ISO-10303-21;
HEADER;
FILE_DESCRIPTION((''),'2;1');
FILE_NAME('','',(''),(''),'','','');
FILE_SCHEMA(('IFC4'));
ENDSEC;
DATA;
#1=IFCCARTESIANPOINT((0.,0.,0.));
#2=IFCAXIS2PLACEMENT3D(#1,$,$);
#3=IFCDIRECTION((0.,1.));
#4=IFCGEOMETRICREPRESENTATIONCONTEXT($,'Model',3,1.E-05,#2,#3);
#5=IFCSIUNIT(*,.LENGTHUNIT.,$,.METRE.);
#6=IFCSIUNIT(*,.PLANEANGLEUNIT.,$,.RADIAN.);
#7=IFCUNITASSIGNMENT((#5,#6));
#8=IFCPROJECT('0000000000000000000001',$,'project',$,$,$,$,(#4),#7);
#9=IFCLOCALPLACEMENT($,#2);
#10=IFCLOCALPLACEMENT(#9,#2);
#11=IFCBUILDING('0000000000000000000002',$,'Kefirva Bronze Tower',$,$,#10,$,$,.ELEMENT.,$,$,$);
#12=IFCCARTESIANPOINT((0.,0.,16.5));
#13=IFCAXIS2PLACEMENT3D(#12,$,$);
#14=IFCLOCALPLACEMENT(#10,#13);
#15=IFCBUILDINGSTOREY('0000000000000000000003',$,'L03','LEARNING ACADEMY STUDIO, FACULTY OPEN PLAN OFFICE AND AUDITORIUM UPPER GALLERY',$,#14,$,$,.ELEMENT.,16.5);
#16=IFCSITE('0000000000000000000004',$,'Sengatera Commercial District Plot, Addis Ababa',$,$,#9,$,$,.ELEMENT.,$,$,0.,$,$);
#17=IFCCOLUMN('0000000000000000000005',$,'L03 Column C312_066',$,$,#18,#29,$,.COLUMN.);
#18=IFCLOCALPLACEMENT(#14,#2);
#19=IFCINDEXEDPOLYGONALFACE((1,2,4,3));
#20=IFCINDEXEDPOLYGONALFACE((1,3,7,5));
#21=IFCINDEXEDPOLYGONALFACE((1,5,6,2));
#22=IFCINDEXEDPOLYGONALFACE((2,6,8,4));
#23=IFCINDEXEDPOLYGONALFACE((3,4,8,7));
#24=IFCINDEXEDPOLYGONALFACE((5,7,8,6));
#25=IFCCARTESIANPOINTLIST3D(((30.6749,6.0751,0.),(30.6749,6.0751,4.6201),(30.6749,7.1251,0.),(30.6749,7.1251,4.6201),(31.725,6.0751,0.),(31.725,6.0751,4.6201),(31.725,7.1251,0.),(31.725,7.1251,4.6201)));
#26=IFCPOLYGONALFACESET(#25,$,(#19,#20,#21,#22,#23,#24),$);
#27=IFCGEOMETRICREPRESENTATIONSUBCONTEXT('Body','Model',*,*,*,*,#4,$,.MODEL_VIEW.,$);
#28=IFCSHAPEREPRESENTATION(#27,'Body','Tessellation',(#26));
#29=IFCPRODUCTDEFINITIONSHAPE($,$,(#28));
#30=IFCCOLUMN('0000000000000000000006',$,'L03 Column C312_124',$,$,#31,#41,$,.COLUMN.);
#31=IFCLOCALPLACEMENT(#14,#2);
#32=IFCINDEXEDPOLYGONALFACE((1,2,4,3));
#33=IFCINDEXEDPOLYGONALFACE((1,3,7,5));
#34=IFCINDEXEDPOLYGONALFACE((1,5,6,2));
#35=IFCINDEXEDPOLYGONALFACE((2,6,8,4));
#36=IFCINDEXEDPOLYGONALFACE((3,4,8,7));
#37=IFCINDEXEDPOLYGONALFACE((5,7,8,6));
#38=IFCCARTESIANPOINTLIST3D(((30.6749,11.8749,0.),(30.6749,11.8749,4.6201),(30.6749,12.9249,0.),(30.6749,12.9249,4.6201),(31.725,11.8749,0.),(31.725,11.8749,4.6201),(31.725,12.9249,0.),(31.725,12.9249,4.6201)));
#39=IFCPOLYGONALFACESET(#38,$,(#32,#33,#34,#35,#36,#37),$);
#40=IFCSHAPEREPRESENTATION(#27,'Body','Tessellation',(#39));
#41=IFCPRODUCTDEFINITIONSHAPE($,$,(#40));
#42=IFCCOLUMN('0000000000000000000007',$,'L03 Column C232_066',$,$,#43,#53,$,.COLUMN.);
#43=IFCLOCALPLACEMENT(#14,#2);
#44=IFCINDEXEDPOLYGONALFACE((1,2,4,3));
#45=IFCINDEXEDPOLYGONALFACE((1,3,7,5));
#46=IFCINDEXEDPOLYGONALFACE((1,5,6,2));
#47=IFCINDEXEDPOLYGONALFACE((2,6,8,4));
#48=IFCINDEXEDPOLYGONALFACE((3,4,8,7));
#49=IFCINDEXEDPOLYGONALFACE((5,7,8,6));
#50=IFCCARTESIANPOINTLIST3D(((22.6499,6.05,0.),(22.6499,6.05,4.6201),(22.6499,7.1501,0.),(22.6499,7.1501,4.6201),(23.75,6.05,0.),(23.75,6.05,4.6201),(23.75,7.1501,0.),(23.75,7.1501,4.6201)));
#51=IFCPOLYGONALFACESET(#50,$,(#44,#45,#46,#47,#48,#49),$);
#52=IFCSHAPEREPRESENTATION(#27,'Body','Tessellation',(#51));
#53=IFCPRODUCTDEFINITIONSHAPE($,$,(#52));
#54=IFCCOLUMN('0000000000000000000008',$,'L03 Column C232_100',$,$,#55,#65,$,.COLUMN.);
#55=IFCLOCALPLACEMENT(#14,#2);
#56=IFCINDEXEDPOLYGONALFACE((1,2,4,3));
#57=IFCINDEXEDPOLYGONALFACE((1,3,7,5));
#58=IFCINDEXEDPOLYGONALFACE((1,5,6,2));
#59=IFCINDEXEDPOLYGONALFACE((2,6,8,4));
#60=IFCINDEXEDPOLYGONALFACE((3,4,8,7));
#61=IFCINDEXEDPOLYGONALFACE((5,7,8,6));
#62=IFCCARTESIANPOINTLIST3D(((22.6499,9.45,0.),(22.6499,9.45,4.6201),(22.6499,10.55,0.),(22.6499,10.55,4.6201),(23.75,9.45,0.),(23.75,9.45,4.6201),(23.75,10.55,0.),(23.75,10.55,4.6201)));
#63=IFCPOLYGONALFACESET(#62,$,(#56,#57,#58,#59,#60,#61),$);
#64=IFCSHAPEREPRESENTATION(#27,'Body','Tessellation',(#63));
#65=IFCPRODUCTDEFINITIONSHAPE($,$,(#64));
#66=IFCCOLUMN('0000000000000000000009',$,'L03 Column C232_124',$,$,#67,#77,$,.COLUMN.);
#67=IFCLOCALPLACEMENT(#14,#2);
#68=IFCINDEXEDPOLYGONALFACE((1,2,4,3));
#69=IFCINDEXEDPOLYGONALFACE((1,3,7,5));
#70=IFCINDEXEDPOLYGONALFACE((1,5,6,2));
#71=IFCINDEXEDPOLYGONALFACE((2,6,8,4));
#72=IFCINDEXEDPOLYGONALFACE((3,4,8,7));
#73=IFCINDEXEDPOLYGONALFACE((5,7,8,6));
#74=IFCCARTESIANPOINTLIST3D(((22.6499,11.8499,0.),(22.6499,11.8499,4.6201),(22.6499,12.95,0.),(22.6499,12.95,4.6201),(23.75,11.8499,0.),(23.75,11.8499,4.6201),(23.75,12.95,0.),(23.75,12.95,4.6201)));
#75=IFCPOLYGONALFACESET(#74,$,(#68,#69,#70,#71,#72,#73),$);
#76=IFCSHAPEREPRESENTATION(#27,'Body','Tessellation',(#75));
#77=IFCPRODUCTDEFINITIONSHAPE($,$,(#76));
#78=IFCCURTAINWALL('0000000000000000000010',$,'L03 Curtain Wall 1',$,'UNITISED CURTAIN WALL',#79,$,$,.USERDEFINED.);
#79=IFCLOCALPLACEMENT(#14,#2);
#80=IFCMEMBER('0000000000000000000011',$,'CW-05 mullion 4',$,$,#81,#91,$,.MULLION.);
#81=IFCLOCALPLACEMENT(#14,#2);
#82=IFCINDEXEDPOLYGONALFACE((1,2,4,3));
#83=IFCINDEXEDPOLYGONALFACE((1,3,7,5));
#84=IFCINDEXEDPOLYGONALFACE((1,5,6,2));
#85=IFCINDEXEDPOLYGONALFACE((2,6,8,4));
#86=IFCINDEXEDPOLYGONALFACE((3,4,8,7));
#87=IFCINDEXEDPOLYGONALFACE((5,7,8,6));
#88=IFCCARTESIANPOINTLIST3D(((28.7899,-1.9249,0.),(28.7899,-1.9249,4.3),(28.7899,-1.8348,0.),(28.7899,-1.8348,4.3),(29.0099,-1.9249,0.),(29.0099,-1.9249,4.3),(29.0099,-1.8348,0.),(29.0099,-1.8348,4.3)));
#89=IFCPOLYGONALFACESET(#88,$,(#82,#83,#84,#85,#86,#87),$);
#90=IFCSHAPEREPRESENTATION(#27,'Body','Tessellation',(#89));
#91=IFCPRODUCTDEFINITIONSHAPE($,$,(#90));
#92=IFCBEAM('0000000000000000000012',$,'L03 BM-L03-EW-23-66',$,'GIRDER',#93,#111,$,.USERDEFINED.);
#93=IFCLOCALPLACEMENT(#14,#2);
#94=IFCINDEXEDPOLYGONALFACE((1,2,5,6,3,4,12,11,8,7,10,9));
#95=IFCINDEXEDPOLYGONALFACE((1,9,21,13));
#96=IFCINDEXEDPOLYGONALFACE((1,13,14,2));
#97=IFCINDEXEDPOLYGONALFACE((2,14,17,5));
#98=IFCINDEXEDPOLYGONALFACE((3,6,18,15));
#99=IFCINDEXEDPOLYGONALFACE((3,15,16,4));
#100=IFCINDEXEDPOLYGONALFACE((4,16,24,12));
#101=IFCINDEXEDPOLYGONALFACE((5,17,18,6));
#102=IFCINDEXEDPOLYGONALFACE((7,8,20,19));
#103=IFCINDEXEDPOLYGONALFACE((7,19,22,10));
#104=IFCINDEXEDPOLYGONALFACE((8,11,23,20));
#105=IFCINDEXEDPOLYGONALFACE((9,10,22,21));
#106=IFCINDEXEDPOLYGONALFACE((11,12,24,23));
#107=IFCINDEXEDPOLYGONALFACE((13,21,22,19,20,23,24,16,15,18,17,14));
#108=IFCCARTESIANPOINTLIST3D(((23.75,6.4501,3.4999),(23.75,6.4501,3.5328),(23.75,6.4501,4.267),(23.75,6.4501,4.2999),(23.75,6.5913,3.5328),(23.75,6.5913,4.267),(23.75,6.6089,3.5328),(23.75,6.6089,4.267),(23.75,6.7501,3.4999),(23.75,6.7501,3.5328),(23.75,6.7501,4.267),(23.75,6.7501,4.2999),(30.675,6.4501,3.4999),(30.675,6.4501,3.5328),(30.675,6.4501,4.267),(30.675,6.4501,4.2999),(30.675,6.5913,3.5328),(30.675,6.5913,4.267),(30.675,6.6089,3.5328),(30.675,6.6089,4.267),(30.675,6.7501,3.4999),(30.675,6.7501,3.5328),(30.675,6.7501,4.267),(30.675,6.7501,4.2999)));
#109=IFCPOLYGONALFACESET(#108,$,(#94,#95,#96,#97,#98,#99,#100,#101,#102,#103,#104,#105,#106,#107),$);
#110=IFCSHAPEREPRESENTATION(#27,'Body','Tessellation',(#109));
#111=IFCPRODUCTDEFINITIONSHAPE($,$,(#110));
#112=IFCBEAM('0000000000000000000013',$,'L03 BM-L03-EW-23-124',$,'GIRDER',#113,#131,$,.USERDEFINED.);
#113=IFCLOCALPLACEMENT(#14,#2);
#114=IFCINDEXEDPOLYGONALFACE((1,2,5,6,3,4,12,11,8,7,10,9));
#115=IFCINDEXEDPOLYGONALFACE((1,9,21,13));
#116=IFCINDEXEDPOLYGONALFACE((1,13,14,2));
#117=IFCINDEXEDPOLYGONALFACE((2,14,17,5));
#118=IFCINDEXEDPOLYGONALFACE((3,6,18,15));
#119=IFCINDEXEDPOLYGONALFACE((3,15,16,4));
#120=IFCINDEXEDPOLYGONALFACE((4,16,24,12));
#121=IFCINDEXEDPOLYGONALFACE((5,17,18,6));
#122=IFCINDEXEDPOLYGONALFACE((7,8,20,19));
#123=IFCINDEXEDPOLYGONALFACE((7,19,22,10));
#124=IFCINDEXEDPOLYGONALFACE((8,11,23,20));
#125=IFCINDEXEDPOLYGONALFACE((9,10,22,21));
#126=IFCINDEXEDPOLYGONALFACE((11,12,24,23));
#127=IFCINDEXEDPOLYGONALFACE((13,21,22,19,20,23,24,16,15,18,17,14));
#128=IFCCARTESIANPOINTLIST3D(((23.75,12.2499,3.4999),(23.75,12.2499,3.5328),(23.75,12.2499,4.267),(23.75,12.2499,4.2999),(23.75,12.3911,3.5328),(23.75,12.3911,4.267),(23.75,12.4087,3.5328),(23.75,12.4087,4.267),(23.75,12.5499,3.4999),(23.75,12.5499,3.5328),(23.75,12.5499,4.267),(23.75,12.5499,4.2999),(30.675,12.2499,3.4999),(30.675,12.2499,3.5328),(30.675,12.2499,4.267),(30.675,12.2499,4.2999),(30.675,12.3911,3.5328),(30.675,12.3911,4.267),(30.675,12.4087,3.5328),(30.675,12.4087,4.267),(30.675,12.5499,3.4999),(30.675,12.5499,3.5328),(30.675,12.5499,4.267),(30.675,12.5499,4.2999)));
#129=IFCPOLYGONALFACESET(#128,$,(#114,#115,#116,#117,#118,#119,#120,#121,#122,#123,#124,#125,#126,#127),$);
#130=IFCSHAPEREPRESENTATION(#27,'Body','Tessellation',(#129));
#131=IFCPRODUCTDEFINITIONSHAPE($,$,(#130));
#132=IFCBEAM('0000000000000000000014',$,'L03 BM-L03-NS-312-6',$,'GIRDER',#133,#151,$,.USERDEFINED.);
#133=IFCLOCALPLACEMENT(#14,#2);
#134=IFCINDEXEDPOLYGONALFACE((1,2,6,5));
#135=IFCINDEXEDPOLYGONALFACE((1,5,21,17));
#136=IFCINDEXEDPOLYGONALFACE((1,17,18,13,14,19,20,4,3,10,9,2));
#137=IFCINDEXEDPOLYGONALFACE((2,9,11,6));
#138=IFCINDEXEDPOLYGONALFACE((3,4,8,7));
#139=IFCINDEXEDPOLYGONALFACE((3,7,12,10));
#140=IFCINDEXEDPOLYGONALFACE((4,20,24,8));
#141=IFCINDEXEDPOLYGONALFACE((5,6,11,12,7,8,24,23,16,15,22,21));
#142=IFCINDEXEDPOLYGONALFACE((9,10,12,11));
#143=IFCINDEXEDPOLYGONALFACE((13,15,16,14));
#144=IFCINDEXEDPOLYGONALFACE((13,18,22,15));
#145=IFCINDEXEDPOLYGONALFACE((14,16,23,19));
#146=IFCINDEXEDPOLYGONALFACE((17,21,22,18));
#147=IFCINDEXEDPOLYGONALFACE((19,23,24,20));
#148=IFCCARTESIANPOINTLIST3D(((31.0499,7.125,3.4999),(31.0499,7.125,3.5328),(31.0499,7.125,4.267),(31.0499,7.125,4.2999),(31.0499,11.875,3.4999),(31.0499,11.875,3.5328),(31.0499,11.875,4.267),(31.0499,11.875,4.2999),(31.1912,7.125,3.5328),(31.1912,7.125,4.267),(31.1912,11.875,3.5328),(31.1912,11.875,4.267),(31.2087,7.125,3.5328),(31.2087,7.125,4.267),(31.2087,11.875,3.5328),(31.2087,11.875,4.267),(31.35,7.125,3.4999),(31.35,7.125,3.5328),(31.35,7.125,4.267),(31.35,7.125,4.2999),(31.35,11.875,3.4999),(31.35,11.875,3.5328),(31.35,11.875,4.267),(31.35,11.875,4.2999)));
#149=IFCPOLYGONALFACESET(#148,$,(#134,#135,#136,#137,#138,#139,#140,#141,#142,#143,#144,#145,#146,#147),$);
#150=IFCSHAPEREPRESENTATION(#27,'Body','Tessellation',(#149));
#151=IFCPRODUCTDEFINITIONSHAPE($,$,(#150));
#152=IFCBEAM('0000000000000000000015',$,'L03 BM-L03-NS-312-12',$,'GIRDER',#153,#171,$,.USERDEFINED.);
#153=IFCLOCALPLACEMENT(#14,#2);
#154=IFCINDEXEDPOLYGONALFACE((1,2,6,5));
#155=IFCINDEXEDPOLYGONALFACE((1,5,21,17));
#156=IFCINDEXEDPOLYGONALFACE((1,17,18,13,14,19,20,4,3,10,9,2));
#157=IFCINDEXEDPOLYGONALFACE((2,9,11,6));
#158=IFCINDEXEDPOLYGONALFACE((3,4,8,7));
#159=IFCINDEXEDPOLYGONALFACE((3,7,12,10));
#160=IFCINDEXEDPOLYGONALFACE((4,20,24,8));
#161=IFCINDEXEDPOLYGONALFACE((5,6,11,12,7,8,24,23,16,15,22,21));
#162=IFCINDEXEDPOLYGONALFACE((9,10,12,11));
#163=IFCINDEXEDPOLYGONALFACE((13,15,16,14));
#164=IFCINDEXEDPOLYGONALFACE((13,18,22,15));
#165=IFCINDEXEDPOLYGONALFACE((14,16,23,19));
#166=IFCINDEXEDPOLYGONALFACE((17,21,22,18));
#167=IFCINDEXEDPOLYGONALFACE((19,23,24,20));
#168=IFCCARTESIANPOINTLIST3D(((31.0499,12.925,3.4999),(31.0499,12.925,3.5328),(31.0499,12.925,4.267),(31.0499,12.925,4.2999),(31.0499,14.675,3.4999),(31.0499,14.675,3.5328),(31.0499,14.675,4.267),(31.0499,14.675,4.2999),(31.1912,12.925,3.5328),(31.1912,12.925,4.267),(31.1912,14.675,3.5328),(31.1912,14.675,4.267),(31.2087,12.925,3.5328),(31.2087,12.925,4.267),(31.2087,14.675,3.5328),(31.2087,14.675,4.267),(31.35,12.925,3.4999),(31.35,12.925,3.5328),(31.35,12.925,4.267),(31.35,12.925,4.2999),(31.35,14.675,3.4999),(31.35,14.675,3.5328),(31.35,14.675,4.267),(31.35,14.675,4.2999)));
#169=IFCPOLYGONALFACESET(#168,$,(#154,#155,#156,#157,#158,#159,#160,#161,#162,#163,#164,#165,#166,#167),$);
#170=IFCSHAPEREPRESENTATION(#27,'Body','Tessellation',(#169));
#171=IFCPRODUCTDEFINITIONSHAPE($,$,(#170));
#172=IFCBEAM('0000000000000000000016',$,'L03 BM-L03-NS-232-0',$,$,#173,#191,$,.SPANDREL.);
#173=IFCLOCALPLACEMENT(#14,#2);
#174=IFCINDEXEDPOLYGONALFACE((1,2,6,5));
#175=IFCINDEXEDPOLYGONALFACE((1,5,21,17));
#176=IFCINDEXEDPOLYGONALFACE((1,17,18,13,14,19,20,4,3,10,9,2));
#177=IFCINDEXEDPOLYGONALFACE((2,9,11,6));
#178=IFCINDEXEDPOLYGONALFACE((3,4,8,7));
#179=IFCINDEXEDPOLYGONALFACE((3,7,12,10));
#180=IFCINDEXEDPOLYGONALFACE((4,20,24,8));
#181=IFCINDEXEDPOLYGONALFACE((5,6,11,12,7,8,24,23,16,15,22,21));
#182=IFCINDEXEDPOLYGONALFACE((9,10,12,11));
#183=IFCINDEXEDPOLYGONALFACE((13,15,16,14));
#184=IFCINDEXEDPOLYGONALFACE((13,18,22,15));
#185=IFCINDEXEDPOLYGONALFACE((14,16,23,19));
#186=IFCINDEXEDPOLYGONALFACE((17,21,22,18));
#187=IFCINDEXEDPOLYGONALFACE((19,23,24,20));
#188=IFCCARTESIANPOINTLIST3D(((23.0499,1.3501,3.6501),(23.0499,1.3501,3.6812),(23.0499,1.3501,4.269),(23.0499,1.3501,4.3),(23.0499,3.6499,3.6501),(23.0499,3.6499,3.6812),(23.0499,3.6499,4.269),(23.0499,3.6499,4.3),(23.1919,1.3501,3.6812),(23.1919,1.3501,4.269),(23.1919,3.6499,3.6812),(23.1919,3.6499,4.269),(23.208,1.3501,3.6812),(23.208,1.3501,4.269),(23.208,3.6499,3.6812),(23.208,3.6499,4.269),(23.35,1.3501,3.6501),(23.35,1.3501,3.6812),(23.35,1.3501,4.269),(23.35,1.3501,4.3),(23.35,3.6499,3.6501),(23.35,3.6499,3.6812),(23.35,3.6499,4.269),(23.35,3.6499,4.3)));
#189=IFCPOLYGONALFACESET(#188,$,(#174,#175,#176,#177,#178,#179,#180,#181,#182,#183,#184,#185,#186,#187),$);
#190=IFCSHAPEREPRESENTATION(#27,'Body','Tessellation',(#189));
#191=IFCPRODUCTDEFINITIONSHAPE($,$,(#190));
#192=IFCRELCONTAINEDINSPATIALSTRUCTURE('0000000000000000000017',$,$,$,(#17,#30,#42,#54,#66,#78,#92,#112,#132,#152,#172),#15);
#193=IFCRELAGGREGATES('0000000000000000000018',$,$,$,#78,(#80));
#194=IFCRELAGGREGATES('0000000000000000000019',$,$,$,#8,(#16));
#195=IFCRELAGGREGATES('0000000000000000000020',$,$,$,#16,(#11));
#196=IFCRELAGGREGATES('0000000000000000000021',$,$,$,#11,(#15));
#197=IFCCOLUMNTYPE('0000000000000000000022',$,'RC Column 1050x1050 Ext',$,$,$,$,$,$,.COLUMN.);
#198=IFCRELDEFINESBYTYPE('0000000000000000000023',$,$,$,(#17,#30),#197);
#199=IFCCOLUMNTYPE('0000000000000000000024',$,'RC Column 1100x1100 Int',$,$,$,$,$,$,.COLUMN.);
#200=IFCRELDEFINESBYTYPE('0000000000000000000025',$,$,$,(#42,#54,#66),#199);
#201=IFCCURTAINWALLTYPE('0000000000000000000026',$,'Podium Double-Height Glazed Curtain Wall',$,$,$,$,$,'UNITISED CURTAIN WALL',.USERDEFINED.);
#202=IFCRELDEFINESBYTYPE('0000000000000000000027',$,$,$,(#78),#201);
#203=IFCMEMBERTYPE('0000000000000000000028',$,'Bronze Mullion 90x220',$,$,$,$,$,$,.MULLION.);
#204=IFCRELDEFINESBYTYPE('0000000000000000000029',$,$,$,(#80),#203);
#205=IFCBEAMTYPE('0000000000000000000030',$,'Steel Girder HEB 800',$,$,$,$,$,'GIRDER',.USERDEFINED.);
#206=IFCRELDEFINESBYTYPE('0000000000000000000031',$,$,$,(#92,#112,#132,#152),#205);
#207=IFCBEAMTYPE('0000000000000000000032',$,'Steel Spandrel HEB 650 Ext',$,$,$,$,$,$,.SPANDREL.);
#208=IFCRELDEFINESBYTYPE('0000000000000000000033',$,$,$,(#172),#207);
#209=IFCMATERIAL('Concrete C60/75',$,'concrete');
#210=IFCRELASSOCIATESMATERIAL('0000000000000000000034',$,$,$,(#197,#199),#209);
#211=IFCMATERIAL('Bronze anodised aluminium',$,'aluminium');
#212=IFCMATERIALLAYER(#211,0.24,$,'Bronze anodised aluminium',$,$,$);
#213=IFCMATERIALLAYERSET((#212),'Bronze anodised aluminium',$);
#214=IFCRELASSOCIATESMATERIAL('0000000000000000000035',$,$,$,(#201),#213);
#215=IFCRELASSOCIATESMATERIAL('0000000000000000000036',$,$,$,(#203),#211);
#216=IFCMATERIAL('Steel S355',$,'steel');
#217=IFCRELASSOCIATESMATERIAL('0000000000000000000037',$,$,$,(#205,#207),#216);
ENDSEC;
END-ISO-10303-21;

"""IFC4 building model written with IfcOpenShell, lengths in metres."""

from ifc_helpers import new_model, si_unit, direction, frame, origin, origin_2d, place, context, subcontext, project, spatial, rectangle, i_section, extrude, material, layer, layer_set, material_profile, profile_set, type_object, element, aggregate, save


model = new_model("IFC4")

# Units and contexts
model_context = context("Model", 3, precision=1e-05, world=origin(), true_north=direction((0.0, 1.0)))
body_context = subcontext(model_context, "Body", "Model", "MODEL_VIEW")
ifc_project = project(units=[si_unit("LENGTHUNIT", "METRE"), si_unit("PLANEANGLEUNIT", "RADIAN")], contexts=[model_context])

# Site, building, storey
site_placement = place(None, origin())
site = spatial("IfcSite", under=ifc_project, at=site_placement, Name="Sengatera Commercial District Plot, Addis Ababa", CompositionType="ELEMENT", RefElevation=0.0)
building_placement = place(site_placement, origin())
building = spatial("IfcBuilding", under=site, at=building_placement, Name="Kefirva Bronze Tower", CompositionType="ELEMENT")
storey_placement = place(building_placement, frame((0.0, 0.0, 16.5)))
storey = spatial("IfcBuildingStorey", under=building, at=storey_placement, Name="L03", Description="LEARNING ACADEMY STUDIO, FACULTY OPEN PLAN OFFICE AND AUDITORIUM UPPER GALLERY", CompositionType="ELEMENT", Elevation=16.5)

# Columns
ifc_material_1 = material(Name="Concrete C60/75", Category="concrete")
ifc_material_profile_1 = material_profile(ifc_material_1, rectangle(XDim=1.05, YDim=1.05, at=origin_2d()), Name="RC 1050x1050")
ifc_profile_set_1 = profile_set([ifc_material_profile_1], Name="Concrete C60/75")
column_type_1 = type_object("IfcColumnType", Name="RC Column 1050x1050 Ext", PredefinedType="COLUMN", material=ifc_profile_set_1)
for number, where, z_axis, x_axis, name in (
    (1, (31.2, 6.6001, 0.0), (0.0, 0.0, 1.0), (1.0, 0.0, 0.0), "L03 Column C312_066"),
    (2, (31.2, 12.3999, 0.0), (0.0, 0.0, 1.0), (1.0, 0.0, 0.0), "L03 Column C312_124"),
):
    element("IfcColumn", number, at=place(storey_placement, frame(where, z_axis=z_axis, x_axis=x_axis)), inside=storey, type_object=column_type_1, Name=name, PredefinedType="COLUMN", context=body_context, shape_type="SweptSolid", body=[
        extrude(rectangle(XDim=1.05, YDim=1.05, at=origin_2d()), origin(), (0.0, 0.0, 1.0), 4.6201),
    ])
ifc_material_profile_2 = material_profile(ifc_material_1, rectangle(XDim=1.1001, YDim=1.1001, at=origin_2d()), Name="RC 1100x1100")
ifc_profile_set_2 = profile_set([ifc_material_profile_2], Name="Concrete C60/75")
column_type_2 = type_object("IfcColumnType", Name="RC Column 1100x1100 Int", PredefinedType="COLUMN", material=ifc_profile_set_2)
for number, where, z_axis, x_axis, name in (
    (3, (23.2, 6.6001, 0.0), (0.0, 0.0, 1.0), (1.0, 0.0, 0.0), "L03 Column C232_066"),
    (4, (23.2, 10.0, 0.0), (0.0, 0.0, 1.0), (1.0, 0.0, 0.0), "L03 Column C232_100"),
    (5, (23.2, 12.3999, 0.0), (0.0, 0.0, 1.0), (1.0, 0.0, 0.0), "L03 Column C232_124"),
):
    element("IfcColumn", number, at=place(storey_placement, frame(where, z_axis=z_axis, x_axis=x_axis)), inside=storey, type_object=column_type_2, Name=name, PredefinedType="COLUMN", context=body_context, shape_type="SweptSolid", body=[
        extrude(rectangle(XDim=1.1001, YDim=1.1001, at=origin_2d()), origin(), (0.0, 0.0, 1.0), 4.6201),
    ])

# Curtain wall, member
ifc_material_2 = material(Name="Bronze anodised aluminium", Category="aluminium")
ifc_layer_1 = layer(ifc_material_2, 0.24, Name="Bronze anodised aluminium")
ifc_layer_set_1 = layer_set([ifc_layer_1], Name="Bronze anodised aluminium")
curtain_wall_type = type_object("IfcCurtainWallType", Name="Podium Double-Height Glazed Curtain Wall", ElementType="UNITISED CURTAIN WALL", PredefinedType="USERDEFINED", material=ifc_layer_set_1)
curtain_wall_placement = place(storey_placement, origin())
curtain_wall = element("IfcCurtainWall", 6, at=curtain_wall_placement, inside=storey, type_object=curtain_wall_type, Name="L03 Curtain Wall 1", ObjectType="UNITISED CURTAIN WALL", PredefinedType="USERDEFINED")
ifc_material_profile_3 = material_profile(ifc_material_2, rectangle(XDim=0.0901, YDim=0.22, at=origin_2d()), Name="ALU 90x220")
ifc_profile_set_3 = profile_set([ifc_material_profile_3], Name="Bronze anodised aluminium")
member_type = type_object("IfcMemberType", Name="Bronze Mullion 90x220", PredefinedType="MULLION", material=ifc_profile_set_3)
member_placement = place(storey_placement, frame((28.8999, -1.8799, 0.0), z_axis=(0.0, 0.0, 1.0), x_axis=(0.0, 1.0, 0.0)))
member = element("IfcMember", 7, at=member_placement, type_object=member_type, Name="CW-05 mullion 4", PredefinedType="MULLION", context=body_context, shape_type="SweptSolid", body=[
    extrude(rectangle(XDim=0.0901, YDim=0.22, at=origin_2d()), origin(), (0.0, 0.0, 1.0), 4.3),
])

# Beams
ifc_material_3 = material(Name="Steel S355", Category="steel")
ifc_material_profile_4 = material_profile(ifc_material_3, i_section(OverallWidth=0.3, OverallDepth=0.8, WebThickness=0.0176, FlangeThickness=0.033, at=origin_2d()), Name="HEB 800")
ifc_profile_set_4 = profile_set([ifc_material_profile_4], Name="Steel S355")
beam_type_1 = type_object("IfcBeamType", Name="Steel Girder HEB 800", ElementType="GIRDER", PredefinedType="USERDEFINED", material=ifc_profile_set_4)
for number, where, z_axis, x_axis, name in (
    (8, (23.75, 6.6001, 3.8999), (1.0, 0.0, 0.0), (0.0, 1.0, 0.0), "L03 BM-L03-EW-23-66"),
    (9, (23.75, 12.3999, 3.8999), (1.0, 0.0, 0.0), (0.0, 1.0, 0.0), "L03 BM-L03-EW-23-124"),
):
    element("IfcBeam", number, at=place(storey_placement, frame(where, z_axis=z_axis, x_axis=x_axis)), inside=storey, type_object=beam_type_1, Name=name, ObjectType="GIRDER", PredefinedType="USERDEFINED", context=body_context, shape_type="SweptSolid", body=[
        extrude(i_section(OverallWidth=0.3, OverallDepth=0.8, WebThickness=0.0176, FlangeThickness=0.033, at=origin_2d()), origin(), (0.0, 0.0, 1.0), 6.925),
    ])
beam_1_placement = place(storey_placement, frame((31.2, 7.125, 3.8999), z_axis=(0.0, 1.0, 0.0), x_axis=(-1.0, 0.0, 0.0)))
element("IfcBeam", 10, at=beam_1_placement, inside=storey, type_object=beam_type_1, Name="L03 BM-L03-NS-312-6", ObjectType="GIRDER", PredefinedType="USERDEFINED", context=body_context, shape_type="SweptSolid", body=[
    extrude(i_section(OverallWidth=0.3, OverallDepth=0.8, WebThickness=0.0176, FlangeThickness=0.033, at=origin_2d()), origin(), (0.0, 0.0, 1.0), 4.75),
])
beam_2_placement = place(storey_placement, frame((31.2, 12.925, 3.8999), z_axis=(0.0, 1.0, 0.0), x_axis=(-1.0, 0.0, 0.0)))
element("IfcBeam", 11, at=beam_2_placement, inside=storey, type_object=beam_type_1, Name="L03 BM-L03-NS-312-12", ObjectType="GIRDER", PredefinedType="USERDEFINED", context=body_context, shape_type="SweptSolid", body=[
    extrude(i_section(OverallWidth=0.3, OverallDepth=0.8, WebThickness=0.0176, FlangeThickness=0.033, at=origin_2d()), origin(), (0.0, 0.0, 1.0), 1.75),
])
ifc_material_profile_5 = material_profile(ifc_material_3, i_section(OverallWidth=0.3, OverallDepth=0.6499, WebThickness=0.0161, FlangeThickness=0.031, at=origin_2d()), Name="HEB 650")
ifc_profile_set_5 = profile_set([ifc_material_profile_5], Name="Steel S355")
beam_type_2 = type_object("IfcBeamType", Name="Steel Spandrel HEB 650 Ext", PredefinedType="SPANDREL", material=ifc_profile_set_5)
beam_3_placement = place(storey_placement, frame((23.2, 1.3501, 3.9751), z_axis=(0.0, 1.0, 0.0), x_axis=(-1.0, 0.0, 0.0)))
element("IfcBeam", 12, at=beam_3_placement, inside=storey, type_object=beam_type_2, Name="L03 BM-L03-NS-232-0", PredefinedType="SPANDREL", context=body_context, shape_type="SweptSolid", body=[
    extrude(i_section(OverallWidth=0.3, OverallDepth=0.6499, WebThickness=0.0161, FlangeThickness=0.031, at=origin_2d()), origin(), (0.0, 0.0, 1.0), 2.2998),
])

aggregate(curtain_wall, [member])

save(model, "model.ifc")
